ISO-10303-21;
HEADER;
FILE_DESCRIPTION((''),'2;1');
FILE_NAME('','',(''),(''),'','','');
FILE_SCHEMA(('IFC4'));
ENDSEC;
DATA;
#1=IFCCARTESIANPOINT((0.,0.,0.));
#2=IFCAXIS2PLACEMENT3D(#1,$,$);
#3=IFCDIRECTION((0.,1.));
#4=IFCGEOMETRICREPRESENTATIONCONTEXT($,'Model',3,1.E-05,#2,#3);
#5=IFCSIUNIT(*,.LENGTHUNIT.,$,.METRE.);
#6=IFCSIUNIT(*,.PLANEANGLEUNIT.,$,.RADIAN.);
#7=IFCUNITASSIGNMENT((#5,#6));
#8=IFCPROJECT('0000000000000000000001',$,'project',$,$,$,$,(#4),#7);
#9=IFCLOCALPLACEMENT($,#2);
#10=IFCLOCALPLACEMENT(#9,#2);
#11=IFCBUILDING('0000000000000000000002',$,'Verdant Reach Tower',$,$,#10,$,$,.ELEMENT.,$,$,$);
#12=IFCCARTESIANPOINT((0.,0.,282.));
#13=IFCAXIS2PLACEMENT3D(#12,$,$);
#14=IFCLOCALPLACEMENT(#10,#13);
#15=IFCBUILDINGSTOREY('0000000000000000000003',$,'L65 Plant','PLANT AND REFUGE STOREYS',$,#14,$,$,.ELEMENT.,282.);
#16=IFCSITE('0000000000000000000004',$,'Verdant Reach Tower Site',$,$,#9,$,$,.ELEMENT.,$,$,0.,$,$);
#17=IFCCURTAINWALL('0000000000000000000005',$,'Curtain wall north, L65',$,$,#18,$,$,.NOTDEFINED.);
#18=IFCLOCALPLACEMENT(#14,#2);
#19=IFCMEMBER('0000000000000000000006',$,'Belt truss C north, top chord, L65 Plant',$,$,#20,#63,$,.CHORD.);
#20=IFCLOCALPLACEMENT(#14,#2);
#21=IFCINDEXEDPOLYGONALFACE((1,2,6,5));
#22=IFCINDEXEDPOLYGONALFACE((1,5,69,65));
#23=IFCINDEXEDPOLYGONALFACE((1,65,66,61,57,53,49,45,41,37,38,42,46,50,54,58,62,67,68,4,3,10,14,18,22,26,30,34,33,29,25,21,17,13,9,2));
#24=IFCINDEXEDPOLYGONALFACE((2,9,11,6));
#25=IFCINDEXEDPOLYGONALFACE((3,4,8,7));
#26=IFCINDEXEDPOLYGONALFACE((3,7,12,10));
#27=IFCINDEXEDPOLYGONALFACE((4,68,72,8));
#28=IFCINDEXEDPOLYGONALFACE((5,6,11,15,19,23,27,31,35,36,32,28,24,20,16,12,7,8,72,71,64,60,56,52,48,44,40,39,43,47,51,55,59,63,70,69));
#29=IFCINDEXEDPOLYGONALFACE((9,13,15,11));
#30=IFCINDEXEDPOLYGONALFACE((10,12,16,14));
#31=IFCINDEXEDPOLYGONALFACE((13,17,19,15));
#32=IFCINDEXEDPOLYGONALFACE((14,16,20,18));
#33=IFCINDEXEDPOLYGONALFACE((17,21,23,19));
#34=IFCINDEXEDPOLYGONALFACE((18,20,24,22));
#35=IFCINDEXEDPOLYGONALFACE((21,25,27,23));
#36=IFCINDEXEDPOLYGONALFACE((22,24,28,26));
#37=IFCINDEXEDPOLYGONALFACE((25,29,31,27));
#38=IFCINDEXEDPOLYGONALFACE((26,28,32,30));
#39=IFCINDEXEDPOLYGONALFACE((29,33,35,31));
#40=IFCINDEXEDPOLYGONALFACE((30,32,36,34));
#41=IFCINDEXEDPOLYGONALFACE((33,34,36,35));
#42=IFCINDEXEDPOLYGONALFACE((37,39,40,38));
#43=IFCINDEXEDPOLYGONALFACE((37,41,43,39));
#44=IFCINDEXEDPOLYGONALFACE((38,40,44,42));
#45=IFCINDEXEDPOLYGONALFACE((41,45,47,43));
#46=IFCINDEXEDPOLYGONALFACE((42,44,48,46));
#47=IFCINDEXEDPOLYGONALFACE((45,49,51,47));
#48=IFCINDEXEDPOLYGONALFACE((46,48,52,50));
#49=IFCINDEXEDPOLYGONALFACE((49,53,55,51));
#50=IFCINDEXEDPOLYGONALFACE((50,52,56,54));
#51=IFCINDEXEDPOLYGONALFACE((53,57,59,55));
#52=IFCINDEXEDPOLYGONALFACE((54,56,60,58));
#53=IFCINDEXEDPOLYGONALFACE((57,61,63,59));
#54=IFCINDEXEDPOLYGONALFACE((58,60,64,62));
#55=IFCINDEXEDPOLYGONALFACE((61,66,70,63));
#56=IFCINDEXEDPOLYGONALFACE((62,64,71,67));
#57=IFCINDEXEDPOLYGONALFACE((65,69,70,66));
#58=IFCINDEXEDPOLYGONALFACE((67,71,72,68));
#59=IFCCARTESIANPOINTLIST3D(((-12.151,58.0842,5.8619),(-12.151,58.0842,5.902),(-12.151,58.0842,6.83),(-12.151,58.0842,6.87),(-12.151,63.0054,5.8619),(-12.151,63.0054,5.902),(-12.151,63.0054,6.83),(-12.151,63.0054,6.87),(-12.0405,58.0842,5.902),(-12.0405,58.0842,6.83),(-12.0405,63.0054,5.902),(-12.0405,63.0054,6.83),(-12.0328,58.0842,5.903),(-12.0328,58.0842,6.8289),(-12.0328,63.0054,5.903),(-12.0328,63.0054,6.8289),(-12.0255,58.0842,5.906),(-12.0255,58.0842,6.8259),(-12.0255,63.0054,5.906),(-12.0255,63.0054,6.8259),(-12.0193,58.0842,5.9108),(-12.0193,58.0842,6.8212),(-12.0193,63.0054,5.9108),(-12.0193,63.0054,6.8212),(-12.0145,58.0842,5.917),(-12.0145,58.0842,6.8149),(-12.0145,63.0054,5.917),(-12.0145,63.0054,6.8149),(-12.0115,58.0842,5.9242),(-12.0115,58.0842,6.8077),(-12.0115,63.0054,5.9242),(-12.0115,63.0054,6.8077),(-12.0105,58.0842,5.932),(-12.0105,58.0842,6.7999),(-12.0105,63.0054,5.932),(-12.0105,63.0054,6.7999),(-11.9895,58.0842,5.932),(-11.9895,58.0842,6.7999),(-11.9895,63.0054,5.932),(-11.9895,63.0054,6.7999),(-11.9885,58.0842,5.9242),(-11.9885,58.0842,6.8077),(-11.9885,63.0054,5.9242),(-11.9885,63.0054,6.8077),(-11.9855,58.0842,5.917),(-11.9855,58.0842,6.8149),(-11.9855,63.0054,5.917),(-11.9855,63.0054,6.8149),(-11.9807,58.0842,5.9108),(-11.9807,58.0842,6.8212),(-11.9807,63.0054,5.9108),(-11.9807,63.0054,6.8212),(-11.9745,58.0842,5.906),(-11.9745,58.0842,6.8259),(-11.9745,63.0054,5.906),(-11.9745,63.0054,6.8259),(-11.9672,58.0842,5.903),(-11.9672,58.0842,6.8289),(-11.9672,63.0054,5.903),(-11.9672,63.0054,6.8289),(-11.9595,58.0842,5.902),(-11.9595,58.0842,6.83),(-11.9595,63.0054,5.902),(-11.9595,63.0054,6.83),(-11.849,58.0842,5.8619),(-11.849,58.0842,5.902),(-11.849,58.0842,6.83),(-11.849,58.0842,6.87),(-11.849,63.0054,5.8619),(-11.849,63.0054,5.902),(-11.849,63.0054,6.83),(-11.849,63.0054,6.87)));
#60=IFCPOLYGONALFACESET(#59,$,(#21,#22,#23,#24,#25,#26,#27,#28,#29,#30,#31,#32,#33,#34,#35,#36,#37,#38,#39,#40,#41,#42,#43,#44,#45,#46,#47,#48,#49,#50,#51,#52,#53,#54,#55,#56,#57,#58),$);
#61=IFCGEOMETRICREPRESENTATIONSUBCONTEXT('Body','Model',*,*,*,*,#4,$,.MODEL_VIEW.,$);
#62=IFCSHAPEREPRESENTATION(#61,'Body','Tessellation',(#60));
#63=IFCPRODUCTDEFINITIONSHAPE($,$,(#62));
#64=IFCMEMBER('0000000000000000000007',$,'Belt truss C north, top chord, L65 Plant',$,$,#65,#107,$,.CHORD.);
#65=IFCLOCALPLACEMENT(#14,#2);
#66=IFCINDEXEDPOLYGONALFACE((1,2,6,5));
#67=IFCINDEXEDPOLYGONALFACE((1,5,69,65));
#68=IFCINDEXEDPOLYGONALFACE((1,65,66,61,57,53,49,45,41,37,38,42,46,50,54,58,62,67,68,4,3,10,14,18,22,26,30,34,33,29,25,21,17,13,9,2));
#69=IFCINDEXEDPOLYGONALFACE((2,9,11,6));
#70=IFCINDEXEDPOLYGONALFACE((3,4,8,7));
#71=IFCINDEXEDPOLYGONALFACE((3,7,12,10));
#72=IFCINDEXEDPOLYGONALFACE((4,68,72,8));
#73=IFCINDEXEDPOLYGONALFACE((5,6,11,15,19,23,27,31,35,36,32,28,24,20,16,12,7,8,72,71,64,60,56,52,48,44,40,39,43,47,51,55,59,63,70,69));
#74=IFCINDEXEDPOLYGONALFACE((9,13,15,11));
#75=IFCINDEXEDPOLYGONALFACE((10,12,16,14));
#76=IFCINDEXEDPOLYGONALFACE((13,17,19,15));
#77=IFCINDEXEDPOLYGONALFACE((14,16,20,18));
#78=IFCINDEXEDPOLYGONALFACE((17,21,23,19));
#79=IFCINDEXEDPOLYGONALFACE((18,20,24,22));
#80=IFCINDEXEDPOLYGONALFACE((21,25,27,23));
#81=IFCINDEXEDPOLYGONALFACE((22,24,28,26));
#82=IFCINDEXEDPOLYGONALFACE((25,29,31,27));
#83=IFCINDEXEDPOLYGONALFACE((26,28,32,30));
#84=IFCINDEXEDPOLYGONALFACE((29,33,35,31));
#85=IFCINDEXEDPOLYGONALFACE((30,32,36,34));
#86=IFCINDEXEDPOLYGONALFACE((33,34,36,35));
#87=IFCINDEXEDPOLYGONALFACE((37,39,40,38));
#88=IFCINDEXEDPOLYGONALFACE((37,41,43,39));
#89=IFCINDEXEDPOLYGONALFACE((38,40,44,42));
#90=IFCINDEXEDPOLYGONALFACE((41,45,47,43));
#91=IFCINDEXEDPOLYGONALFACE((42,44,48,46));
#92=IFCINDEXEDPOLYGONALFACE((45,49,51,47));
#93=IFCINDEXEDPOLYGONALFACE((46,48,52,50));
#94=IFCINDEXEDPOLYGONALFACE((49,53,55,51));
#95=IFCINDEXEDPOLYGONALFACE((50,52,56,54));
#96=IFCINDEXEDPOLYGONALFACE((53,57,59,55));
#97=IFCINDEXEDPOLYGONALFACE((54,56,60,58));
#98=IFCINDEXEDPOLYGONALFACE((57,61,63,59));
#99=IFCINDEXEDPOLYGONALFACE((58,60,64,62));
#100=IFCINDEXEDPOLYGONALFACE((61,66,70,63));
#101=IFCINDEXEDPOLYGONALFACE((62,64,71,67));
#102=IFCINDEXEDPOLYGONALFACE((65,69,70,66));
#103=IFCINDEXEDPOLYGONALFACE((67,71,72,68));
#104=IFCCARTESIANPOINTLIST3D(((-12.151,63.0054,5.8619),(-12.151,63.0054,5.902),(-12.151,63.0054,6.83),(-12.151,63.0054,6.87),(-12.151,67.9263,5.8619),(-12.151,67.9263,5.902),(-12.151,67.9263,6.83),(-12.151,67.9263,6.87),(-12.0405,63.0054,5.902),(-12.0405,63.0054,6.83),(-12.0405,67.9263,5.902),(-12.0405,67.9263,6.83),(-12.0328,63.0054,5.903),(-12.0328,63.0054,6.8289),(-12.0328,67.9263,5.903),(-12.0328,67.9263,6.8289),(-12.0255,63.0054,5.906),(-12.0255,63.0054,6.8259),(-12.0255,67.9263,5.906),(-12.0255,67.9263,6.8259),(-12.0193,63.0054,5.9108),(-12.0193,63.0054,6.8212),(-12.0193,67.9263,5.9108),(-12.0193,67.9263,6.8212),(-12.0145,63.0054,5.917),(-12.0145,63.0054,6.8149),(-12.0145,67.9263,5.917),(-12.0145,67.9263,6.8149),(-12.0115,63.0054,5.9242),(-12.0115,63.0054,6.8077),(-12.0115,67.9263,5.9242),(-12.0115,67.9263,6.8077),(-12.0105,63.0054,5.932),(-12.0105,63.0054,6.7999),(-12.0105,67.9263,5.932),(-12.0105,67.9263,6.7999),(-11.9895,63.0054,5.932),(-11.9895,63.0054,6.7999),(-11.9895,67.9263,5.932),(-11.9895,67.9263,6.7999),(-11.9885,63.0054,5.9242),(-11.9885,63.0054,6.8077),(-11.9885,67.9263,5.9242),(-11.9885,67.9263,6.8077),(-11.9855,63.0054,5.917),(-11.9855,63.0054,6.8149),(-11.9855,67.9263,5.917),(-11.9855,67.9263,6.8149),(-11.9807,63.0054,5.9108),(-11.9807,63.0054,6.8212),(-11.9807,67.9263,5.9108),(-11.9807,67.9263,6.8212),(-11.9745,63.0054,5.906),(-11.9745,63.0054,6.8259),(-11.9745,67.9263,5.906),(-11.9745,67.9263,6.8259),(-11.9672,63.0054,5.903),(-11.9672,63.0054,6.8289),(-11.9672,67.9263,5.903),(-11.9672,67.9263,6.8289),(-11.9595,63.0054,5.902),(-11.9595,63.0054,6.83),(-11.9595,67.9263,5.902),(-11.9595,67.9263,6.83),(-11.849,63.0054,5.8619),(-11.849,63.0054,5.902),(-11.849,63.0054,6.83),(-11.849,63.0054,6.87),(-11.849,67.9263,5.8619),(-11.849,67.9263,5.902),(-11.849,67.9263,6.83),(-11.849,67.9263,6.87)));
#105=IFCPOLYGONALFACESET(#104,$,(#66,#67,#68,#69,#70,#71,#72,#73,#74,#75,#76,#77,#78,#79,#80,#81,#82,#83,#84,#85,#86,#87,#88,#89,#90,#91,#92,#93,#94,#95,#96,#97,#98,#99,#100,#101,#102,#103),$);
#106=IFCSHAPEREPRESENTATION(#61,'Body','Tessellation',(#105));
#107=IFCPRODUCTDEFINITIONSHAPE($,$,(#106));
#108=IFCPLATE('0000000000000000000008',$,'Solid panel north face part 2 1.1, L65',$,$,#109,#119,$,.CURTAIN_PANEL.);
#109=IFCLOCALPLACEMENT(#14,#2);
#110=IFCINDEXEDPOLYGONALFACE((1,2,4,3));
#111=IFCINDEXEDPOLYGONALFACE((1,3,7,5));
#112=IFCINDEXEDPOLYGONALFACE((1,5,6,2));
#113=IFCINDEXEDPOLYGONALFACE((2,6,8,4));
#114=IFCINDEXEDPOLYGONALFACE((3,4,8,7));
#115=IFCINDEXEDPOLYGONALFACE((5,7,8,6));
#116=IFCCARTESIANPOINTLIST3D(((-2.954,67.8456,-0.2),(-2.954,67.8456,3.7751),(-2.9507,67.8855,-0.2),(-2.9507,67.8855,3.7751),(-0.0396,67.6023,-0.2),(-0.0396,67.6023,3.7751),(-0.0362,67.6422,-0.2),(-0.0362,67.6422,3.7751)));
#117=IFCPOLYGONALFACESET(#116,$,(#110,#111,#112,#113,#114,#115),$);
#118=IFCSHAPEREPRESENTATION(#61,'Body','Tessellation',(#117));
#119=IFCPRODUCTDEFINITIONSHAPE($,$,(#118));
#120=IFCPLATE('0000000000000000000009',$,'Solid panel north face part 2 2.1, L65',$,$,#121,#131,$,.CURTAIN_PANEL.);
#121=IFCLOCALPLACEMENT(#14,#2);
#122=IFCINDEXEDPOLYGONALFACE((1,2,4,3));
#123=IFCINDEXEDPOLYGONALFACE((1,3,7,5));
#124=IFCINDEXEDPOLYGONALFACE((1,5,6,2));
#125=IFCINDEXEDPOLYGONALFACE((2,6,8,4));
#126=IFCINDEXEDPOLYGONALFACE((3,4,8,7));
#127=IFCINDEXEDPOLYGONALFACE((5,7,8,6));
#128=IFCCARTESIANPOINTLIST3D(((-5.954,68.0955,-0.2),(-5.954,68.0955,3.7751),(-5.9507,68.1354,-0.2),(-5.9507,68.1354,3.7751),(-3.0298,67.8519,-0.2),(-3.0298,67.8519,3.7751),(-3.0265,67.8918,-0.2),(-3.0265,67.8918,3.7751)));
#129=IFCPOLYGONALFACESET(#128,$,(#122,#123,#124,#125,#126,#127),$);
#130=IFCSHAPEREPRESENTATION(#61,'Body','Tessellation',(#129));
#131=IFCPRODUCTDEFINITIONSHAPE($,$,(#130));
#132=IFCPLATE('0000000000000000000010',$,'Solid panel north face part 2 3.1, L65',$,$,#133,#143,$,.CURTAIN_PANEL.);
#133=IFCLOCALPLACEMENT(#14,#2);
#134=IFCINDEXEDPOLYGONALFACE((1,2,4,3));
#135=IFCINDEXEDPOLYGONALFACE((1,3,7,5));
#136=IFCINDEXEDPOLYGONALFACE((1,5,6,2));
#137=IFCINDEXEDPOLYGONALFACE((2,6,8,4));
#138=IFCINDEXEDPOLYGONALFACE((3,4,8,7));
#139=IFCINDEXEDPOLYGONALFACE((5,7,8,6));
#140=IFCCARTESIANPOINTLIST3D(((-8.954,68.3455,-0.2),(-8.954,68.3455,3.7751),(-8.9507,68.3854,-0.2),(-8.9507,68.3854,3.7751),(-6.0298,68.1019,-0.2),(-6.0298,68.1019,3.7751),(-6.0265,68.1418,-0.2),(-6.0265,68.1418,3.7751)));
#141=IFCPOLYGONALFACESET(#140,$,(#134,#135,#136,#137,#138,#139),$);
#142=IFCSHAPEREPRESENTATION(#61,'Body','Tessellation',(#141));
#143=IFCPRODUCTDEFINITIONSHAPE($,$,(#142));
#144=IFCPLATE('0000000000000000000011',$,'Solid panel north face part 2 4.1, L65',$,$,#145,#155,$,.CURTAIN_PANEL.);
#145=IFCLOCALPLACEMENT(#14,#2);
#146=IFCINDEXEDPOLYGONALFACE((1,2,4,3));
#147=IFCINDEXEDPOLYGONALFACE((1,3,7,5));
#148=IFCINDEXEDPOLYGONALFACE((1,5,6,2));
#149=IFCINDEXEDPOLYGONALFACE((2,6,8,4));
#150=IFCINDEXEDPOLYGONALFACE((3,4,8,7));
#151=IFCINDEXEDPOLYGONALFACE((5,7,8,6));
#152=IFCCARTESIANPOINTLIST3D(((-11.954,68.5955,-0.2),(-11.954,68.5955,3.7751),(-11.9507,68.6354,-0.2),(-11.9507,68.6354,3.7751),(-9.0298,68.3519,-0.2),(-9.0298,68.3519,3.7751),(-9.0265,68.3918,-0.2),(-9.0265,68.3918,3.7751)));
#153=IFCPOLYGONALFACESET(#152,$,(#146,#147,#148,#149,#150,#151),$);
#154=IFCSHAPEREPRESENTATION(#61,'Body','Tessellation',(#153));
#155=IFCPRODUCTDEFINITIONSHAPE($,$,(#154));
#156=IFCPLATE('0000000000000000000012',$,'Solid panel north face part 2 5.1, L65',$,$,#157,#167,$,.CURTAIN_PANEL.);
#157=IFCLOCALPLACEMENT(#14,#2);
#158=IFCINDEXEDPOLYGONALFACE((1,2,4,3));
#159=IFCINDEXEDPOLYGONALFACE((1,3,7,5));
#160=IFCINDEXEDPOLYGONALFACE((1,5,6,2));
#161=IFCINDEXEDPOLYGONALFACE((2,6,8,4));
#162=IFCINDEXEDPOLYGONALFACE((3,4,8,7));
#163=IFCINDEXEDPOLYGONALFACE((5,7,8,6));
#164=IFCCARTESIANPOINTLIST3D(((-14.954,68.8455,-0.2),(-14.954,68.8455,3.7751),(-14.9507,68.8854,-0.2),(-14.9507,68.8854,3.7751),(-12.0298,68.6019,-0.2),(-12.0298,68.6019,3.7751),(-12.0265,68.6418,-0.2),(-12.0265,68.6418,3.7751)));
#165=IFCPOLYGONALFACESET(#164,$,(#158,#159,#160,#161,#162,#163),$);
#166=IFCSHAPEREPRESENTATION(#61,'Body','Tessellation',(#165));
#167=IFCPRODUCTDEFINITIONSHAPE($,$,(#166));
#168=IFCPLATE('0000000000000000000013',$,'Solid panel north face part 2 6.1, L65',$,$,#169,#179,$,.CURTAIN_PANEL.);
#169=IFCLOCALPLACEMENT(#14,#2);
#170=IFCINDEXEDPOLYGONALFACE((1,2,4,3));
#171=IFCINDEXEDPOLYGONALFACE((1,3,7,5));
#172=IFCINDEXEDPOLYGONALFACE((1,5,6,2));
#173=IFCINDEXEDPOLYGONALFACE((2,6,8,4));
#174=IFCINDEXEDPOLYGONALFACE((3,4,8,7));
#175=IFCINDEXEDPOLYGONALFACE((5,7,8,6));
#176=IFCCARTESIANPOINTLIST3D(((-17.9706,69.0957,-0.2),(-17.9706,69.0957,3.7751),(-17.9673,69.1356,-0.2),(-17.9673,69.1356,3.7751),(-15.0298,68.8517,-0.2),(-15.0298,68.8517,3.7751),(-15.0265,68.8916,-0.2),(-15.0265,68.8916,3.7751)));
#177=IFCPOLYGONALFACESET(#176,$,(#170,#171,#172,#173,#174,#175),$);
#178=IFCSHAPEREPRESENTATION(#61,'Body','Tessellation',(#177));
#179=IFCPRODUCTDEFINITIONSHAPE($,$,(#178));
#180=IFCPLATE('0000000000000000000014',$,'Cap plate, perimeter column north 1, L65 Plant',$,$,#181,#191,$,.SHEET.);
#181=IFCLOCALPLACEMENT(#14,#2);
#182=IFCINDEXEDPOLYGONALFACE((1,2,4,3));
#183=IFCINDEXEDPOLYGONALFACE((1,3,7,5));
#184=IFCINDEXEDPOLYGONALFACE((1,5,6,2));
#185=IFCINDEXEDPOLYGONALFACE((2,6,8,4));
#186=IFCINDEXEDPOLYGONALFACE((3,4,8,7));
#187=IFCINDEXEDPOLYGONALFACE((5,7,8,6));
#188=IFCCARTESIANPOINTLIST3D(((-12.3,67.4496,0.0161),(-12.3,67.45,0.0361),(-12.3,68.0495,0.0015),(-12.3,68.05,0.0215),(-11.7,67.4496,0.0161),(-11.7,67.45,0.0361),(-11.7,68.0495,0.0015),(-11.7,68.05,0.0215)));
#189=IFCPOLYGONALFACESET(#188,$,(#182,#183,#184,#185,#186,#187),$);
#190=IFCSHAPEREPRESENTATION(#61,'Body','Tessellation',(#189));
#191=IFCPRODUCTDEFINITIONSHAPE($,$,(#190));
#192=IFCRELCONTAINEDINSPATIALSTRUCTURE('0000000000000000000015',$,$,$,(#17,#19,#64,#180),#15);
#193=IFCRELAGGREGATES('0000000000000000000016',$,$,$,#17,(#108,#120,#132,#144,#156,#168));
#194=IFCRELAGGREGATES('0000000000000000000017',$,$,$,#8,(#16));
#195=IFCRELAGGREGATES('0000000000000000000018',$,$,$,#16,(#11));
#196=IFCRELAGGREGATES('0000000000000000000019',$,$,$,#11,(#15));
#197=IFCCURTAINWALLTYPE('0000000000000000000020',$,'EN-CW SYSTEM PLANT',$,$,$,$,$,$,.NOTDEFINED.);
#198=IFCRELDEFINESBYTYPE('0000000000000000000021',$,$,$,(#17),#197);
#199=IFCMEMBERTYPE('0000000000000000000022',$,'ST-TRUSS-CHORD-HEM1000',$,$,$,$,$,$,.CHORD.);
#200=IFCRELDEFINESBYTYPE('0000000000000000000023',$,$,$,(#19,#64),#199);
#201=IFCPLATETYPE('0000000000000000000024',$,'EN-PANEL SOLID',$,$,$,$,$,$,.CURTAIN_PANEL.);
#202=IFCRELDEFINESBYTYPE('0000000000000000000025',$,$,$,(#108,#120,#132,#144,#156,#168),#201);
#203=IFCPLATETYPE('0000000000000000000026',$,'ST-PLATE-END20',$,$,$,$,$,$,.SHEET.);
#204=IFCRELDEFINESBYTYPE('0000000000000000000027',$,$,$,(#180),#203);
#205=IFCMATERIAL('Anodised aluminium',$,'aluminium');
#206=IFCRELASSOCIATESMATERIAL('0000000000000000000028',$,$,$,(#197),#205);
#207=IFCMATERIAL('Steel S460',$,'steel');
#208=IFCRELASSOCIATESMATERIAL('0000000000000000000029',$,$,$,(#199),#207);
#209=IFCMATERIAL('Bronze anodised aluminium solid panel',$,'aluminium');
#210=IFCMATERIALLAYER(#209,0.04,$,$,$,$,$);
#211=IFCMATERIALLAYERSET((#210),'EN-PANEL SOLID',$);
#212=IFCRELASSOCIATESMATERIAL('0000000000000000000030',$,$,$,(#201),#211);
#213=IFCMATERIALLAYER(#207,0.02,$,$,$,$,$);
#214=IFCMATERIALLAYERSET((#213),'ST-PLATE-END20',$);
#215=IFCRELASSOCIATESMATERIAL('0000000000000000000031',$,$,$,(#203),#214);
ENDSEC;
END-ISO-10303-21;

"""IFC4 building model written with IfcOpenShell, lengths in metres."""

from ifc_helpers import new_model, si_unit, direction, frame, origin, origin_2d, place, context, subcontext, project, spatial, rectangle, i_section, extrude, material, layer, layer_set, material_profile, profile_set, type_object, element, aggregate, save


model = new_model("IFC4")

# Units and contexts
model_context = context("Model", 3, precision=1e-05, world=origin(), true_north=direction((0.0, 1.0)))
body_context = subcontext(model_context, "Body", "Model", "MODEL_VIEW")
ifc_project = project(units=[si_unit("LENGTHUNIT", "METRE"), si_unit("PLANEANGLEUNIT", "RADIAN")], contexts=[model_context])

# Site, building, storey
site_placement = place(None, origin())
site = spatial("IfcSite", under=ifc_project, at=site_placement, Name="Verdant Reach Tower Site", CompositionType="ELEMENT", RefElevation=0.0)
building_placement = place(site_placement, origin())
building = spatial("IfcBuilding", under=site, at=building_placement, Name="Verdant Reach Tower", CompositionType="ELEMENT")
storey_placement = place(building_placement, frame((0.0, 0.0, 282.0)))
storey = spatial("IfcBuildingStorey", under=building, at=storey_placement, Name="L65 Plant", Description="PLANT AND REFUGE STOREYS", CompositionType="ELEMENT", Elevation=282.0)

# Shared definitions
ifc_material_1 = material(Name="Steel S460", Category="steel")

# Curtain wall
ifc_material_2 = material(Name="Anodised aluminium", Category="aluminium")
curtain_wall_type = type_object("IfcCurtainWallType", Name="EN-CW SYSTEM PLANT", PredefinedType="NOTDEFINED", material=ifc_material_2)
curtain_wall_placement = place(storey_placement, origin())
curtain_wall = element("IfcCurtainWall", 1, at=curtain_wall_placement, inside=storey, type_object=curtain_wall_type, Name="Curtain wall north, L65", PredefinedType="NOTDEFINED")

# Members
ifc_material_profile_1 = material_profile(ifc_material_1, i_section(OverallWidth=0.302, OverallDepth=1.0081, WebThickness=0.021, FlangeThickness=0.04, FilletRadius=0.03, at=origin_2d()), Name="HEM 1000")
ifc_profile_set_1 = profile_set([ifc_material_profile_1], Name="Steel S460")
member_type_1 = type_object("IfcMemberType", Name="ST-TRUSS-CHORD-HEM1000", PredefinedType="CHORD", material=ifc_profile_set_1)
for number, where, z_axis, x_axis, name in (
    (2, (-12.0, 58.0842, 6.366), (0.0, 1.0, 0.0), (-1.0, 0.0, 0.0), "Belt truss C north, top chord, L65 Plant"),
):
    element("IfcMember", number, at=place(storey_placement, frame(where, z_axis=z_axis, x_axis=x_axis)), inside=storey, type_object=member_type_1, Name=name, PredefinedType="CHORD", context=body_context, shape_type="SweptSolid", body=[
        extrude(i_section(OverallWidth=0.302, OverallDepth=1.0081, WebThickness=0.021, FlangeThickness=0.04, FilletRadius=0.03, at=origin_2d()), origin(), (0.0, 0.0, 1.0), 4.9211),
    ])
member_1_placement = place(storey_placement, frame((-12.0, 63.0054, 6.366), z_axis=(0.0, 1.0, 0.0), x_axis=(-1.0, 0.0, 0.0)))
element("IfcMember", 3, at=member_1_placement, inside=storey, type_object=member_type_1, Name="Belt truss C north, top chord, L65 Plant", PredefinedType="CHORD", context=body_context, shape_type="SweptSolid", body=[
    extrude(i_section(OverallWidth=0.302, OverallDepth=1.0081, WebThickness=0.021, FlangeThickness=0.04, FilletRadius=0.03, at=origin_2d()), origin(), (0.0, 0.0, 1.0), 4.9209),
])

# Plates
ifc_material_3 = material(Name="Bronze anodised aluminium solid panel", Category="aluminium")
ifc_layer_1 = layer(ifc_material_3, 0.04)
ifc_layer_set_1 = layer_set([ifc_layer_1], Name="EN-PANEL SOLID")
plate_type_1 = type_object("IfcPlateType", Name="EN-PANEL SOLID", PredefinedType="CURTAIN_PANEL", material=ifc_layer_set_1)
plate_1_placement = place(storey_placement, frame((-1.4951, 67.7439, -0.2), z_axis=(0.0, 0.0, 1.0), x_axis=(-0.996534, 0.083182, 0.0)))
plate_1 = element("IfcPlate", 4, at=plate_1_placement, type_object=plate_type_1, Name="Solid panel north face part 2 1.1, L65", PredefinedType="CURTAIN_PANEL", context=body_context, shape_type="SweptSolid", body=[
    extrude(rectangle(XDim=2.9246, YDim=0.04, at=origin_2d()), origin(), (0.0, 0.0, 1.0), 3.9751),
])
plate_2_placement = place(storey_placement, frame((-4.4902, 67.9937, -0.2), z_axis=(0.0, 0.0, 1.0), x_axis=(-0.996546, 0.083045, 0.0)))
plate_2 = element("IfcPlate", 5, at=plate_2_placement, type_object=plate_type_1, Name="Solid panel north face part 2 2.1, L65", PredefinedType="CURTAIN_PANEL", context=body_context, shape_type="SweptSolid", body=[
    extrude(rectangle(XDim=2.9343, YDim=0.04, at=origin_2d()), origin(), (0.0, 0.0, 1.0), 3.9751),
])
plate_3_placement = place(storey_placement, frame((-7.4902, 68.2437, -0.2), z_axis=(0.0, 0.0, 1.0), x_axis=(-0.996546, 0.083045, 0.0)))
plate_3 = element("IfcPlate", 6, at=plate_3_placement, type_object=plate_type_1, Name="Solid panel north face part 2 3.1, L65", PredefinedType="CURTAIN_PANEL", context=body_context, shape_type="SweptSolid", body=[
    extrude(rectangle(XDim=2.9343, YDim=0.04, at=origin_2d()), origin(), (0.0, 0.0, 1.0), 3.9751),
])
plate_4_placement = place(storey_placement, frame((-10.4902, 68.4937, -0.2), z_axis=(0.0, 0.0, 1.0), x_axis=(-0.996546, 0.083045, 0.0)))
plate_4 = element("IfcPlate", 7, at=plate_4_placement, type_object=plate_type_1, Name="Solid panel north face part 2 4.1, L65", PredefinedType="CURTAIN_PANEL", context=body_context, shape_type="SweptSolid", body=[
    extrude(rectangle(XDim=2.9343, YDim=0.04, at=origin_2d()), origin(), (0.0, 0.0, 1.0), 3.9751),
])
plate_5_placement = place(storey_placement, frame((-13.4902, 68.7437, -0.2), z_axis=(0.0, 0.0, 1.0), x_axis=(-0.996546, 0.083045, 0.0)))
plate_5 = element("IfcPlate", 8, at=plate_5_placement, type_object=plate_type_1, Name="Solid panel north face part 2 5.1, L65", PredefinedType="CURTAIN_PANEL", context=body_context, shape_type="SweptSolid", body=[
    extrude(rectangle(XDim=2.9343, YDim=0.04, at=origin_2d()), origin(), (0.0, 0.0, 1.0), 3.9751),
])
plate_6_placement = place(storey_placement, frame((-16.4985, 68.9937, -0.2), z_axis=(0.0, 0.0, 1.0), x_axis=(-0.996578, 0.082664, 0.0)))
plate_6 = element("IfcPlate", 9, at=plate_6_placement, type_object=plate_type_1, Name="Solid panel north face part 2 6.1, L65", PredefinedType="CURTAIN_PANEL", context=body_context, shape_type="SweptSolid", body=[
    extrude(rectangle(XDim=2.9509, YDim=0.04, at=origin_2d()), origin(), (0.0, 0.0, 1.0), 3.9751),
])
ifc_layer_2 = layer(ifc_material_1, 0.02)
ifc_layer_set_2 = layer_set([ifc_layer_2], Name="ST-PLATE-END20")
plate_type_2 = type_object("IfcPlateType", Name="ST-PLATE-END20", PredefinedType="SHEET", material=ifc_layer_set_2)
plate_7_placement = place(storey_placement, frame((-12.0, 67.7495, 0.0088), z_axis=(0.0, 0.024383, 0.999703), x_axis=(-1.0, 0.0, 0.0)))
element("IfcPlate", 10, at=plate_7_placement, inside=storey, type_object=plate_type_2, Name="Cap plate, perimeter column north 1, L65 Plant", PredefinedType="SHEET", context=body_context, shape_type="SweptSolid", body=[
    extrude(rectangle(XDim=0.6001, YDim=0.6001, at=origin_2d()), origin(), (0.0, 0.0, 1.0), 0.02),
])

aggregate(curtain_wall, [plate_1, plate_2, plate_3, plate_4, plate_5, plate_6])

save(model, "model.ifc")
